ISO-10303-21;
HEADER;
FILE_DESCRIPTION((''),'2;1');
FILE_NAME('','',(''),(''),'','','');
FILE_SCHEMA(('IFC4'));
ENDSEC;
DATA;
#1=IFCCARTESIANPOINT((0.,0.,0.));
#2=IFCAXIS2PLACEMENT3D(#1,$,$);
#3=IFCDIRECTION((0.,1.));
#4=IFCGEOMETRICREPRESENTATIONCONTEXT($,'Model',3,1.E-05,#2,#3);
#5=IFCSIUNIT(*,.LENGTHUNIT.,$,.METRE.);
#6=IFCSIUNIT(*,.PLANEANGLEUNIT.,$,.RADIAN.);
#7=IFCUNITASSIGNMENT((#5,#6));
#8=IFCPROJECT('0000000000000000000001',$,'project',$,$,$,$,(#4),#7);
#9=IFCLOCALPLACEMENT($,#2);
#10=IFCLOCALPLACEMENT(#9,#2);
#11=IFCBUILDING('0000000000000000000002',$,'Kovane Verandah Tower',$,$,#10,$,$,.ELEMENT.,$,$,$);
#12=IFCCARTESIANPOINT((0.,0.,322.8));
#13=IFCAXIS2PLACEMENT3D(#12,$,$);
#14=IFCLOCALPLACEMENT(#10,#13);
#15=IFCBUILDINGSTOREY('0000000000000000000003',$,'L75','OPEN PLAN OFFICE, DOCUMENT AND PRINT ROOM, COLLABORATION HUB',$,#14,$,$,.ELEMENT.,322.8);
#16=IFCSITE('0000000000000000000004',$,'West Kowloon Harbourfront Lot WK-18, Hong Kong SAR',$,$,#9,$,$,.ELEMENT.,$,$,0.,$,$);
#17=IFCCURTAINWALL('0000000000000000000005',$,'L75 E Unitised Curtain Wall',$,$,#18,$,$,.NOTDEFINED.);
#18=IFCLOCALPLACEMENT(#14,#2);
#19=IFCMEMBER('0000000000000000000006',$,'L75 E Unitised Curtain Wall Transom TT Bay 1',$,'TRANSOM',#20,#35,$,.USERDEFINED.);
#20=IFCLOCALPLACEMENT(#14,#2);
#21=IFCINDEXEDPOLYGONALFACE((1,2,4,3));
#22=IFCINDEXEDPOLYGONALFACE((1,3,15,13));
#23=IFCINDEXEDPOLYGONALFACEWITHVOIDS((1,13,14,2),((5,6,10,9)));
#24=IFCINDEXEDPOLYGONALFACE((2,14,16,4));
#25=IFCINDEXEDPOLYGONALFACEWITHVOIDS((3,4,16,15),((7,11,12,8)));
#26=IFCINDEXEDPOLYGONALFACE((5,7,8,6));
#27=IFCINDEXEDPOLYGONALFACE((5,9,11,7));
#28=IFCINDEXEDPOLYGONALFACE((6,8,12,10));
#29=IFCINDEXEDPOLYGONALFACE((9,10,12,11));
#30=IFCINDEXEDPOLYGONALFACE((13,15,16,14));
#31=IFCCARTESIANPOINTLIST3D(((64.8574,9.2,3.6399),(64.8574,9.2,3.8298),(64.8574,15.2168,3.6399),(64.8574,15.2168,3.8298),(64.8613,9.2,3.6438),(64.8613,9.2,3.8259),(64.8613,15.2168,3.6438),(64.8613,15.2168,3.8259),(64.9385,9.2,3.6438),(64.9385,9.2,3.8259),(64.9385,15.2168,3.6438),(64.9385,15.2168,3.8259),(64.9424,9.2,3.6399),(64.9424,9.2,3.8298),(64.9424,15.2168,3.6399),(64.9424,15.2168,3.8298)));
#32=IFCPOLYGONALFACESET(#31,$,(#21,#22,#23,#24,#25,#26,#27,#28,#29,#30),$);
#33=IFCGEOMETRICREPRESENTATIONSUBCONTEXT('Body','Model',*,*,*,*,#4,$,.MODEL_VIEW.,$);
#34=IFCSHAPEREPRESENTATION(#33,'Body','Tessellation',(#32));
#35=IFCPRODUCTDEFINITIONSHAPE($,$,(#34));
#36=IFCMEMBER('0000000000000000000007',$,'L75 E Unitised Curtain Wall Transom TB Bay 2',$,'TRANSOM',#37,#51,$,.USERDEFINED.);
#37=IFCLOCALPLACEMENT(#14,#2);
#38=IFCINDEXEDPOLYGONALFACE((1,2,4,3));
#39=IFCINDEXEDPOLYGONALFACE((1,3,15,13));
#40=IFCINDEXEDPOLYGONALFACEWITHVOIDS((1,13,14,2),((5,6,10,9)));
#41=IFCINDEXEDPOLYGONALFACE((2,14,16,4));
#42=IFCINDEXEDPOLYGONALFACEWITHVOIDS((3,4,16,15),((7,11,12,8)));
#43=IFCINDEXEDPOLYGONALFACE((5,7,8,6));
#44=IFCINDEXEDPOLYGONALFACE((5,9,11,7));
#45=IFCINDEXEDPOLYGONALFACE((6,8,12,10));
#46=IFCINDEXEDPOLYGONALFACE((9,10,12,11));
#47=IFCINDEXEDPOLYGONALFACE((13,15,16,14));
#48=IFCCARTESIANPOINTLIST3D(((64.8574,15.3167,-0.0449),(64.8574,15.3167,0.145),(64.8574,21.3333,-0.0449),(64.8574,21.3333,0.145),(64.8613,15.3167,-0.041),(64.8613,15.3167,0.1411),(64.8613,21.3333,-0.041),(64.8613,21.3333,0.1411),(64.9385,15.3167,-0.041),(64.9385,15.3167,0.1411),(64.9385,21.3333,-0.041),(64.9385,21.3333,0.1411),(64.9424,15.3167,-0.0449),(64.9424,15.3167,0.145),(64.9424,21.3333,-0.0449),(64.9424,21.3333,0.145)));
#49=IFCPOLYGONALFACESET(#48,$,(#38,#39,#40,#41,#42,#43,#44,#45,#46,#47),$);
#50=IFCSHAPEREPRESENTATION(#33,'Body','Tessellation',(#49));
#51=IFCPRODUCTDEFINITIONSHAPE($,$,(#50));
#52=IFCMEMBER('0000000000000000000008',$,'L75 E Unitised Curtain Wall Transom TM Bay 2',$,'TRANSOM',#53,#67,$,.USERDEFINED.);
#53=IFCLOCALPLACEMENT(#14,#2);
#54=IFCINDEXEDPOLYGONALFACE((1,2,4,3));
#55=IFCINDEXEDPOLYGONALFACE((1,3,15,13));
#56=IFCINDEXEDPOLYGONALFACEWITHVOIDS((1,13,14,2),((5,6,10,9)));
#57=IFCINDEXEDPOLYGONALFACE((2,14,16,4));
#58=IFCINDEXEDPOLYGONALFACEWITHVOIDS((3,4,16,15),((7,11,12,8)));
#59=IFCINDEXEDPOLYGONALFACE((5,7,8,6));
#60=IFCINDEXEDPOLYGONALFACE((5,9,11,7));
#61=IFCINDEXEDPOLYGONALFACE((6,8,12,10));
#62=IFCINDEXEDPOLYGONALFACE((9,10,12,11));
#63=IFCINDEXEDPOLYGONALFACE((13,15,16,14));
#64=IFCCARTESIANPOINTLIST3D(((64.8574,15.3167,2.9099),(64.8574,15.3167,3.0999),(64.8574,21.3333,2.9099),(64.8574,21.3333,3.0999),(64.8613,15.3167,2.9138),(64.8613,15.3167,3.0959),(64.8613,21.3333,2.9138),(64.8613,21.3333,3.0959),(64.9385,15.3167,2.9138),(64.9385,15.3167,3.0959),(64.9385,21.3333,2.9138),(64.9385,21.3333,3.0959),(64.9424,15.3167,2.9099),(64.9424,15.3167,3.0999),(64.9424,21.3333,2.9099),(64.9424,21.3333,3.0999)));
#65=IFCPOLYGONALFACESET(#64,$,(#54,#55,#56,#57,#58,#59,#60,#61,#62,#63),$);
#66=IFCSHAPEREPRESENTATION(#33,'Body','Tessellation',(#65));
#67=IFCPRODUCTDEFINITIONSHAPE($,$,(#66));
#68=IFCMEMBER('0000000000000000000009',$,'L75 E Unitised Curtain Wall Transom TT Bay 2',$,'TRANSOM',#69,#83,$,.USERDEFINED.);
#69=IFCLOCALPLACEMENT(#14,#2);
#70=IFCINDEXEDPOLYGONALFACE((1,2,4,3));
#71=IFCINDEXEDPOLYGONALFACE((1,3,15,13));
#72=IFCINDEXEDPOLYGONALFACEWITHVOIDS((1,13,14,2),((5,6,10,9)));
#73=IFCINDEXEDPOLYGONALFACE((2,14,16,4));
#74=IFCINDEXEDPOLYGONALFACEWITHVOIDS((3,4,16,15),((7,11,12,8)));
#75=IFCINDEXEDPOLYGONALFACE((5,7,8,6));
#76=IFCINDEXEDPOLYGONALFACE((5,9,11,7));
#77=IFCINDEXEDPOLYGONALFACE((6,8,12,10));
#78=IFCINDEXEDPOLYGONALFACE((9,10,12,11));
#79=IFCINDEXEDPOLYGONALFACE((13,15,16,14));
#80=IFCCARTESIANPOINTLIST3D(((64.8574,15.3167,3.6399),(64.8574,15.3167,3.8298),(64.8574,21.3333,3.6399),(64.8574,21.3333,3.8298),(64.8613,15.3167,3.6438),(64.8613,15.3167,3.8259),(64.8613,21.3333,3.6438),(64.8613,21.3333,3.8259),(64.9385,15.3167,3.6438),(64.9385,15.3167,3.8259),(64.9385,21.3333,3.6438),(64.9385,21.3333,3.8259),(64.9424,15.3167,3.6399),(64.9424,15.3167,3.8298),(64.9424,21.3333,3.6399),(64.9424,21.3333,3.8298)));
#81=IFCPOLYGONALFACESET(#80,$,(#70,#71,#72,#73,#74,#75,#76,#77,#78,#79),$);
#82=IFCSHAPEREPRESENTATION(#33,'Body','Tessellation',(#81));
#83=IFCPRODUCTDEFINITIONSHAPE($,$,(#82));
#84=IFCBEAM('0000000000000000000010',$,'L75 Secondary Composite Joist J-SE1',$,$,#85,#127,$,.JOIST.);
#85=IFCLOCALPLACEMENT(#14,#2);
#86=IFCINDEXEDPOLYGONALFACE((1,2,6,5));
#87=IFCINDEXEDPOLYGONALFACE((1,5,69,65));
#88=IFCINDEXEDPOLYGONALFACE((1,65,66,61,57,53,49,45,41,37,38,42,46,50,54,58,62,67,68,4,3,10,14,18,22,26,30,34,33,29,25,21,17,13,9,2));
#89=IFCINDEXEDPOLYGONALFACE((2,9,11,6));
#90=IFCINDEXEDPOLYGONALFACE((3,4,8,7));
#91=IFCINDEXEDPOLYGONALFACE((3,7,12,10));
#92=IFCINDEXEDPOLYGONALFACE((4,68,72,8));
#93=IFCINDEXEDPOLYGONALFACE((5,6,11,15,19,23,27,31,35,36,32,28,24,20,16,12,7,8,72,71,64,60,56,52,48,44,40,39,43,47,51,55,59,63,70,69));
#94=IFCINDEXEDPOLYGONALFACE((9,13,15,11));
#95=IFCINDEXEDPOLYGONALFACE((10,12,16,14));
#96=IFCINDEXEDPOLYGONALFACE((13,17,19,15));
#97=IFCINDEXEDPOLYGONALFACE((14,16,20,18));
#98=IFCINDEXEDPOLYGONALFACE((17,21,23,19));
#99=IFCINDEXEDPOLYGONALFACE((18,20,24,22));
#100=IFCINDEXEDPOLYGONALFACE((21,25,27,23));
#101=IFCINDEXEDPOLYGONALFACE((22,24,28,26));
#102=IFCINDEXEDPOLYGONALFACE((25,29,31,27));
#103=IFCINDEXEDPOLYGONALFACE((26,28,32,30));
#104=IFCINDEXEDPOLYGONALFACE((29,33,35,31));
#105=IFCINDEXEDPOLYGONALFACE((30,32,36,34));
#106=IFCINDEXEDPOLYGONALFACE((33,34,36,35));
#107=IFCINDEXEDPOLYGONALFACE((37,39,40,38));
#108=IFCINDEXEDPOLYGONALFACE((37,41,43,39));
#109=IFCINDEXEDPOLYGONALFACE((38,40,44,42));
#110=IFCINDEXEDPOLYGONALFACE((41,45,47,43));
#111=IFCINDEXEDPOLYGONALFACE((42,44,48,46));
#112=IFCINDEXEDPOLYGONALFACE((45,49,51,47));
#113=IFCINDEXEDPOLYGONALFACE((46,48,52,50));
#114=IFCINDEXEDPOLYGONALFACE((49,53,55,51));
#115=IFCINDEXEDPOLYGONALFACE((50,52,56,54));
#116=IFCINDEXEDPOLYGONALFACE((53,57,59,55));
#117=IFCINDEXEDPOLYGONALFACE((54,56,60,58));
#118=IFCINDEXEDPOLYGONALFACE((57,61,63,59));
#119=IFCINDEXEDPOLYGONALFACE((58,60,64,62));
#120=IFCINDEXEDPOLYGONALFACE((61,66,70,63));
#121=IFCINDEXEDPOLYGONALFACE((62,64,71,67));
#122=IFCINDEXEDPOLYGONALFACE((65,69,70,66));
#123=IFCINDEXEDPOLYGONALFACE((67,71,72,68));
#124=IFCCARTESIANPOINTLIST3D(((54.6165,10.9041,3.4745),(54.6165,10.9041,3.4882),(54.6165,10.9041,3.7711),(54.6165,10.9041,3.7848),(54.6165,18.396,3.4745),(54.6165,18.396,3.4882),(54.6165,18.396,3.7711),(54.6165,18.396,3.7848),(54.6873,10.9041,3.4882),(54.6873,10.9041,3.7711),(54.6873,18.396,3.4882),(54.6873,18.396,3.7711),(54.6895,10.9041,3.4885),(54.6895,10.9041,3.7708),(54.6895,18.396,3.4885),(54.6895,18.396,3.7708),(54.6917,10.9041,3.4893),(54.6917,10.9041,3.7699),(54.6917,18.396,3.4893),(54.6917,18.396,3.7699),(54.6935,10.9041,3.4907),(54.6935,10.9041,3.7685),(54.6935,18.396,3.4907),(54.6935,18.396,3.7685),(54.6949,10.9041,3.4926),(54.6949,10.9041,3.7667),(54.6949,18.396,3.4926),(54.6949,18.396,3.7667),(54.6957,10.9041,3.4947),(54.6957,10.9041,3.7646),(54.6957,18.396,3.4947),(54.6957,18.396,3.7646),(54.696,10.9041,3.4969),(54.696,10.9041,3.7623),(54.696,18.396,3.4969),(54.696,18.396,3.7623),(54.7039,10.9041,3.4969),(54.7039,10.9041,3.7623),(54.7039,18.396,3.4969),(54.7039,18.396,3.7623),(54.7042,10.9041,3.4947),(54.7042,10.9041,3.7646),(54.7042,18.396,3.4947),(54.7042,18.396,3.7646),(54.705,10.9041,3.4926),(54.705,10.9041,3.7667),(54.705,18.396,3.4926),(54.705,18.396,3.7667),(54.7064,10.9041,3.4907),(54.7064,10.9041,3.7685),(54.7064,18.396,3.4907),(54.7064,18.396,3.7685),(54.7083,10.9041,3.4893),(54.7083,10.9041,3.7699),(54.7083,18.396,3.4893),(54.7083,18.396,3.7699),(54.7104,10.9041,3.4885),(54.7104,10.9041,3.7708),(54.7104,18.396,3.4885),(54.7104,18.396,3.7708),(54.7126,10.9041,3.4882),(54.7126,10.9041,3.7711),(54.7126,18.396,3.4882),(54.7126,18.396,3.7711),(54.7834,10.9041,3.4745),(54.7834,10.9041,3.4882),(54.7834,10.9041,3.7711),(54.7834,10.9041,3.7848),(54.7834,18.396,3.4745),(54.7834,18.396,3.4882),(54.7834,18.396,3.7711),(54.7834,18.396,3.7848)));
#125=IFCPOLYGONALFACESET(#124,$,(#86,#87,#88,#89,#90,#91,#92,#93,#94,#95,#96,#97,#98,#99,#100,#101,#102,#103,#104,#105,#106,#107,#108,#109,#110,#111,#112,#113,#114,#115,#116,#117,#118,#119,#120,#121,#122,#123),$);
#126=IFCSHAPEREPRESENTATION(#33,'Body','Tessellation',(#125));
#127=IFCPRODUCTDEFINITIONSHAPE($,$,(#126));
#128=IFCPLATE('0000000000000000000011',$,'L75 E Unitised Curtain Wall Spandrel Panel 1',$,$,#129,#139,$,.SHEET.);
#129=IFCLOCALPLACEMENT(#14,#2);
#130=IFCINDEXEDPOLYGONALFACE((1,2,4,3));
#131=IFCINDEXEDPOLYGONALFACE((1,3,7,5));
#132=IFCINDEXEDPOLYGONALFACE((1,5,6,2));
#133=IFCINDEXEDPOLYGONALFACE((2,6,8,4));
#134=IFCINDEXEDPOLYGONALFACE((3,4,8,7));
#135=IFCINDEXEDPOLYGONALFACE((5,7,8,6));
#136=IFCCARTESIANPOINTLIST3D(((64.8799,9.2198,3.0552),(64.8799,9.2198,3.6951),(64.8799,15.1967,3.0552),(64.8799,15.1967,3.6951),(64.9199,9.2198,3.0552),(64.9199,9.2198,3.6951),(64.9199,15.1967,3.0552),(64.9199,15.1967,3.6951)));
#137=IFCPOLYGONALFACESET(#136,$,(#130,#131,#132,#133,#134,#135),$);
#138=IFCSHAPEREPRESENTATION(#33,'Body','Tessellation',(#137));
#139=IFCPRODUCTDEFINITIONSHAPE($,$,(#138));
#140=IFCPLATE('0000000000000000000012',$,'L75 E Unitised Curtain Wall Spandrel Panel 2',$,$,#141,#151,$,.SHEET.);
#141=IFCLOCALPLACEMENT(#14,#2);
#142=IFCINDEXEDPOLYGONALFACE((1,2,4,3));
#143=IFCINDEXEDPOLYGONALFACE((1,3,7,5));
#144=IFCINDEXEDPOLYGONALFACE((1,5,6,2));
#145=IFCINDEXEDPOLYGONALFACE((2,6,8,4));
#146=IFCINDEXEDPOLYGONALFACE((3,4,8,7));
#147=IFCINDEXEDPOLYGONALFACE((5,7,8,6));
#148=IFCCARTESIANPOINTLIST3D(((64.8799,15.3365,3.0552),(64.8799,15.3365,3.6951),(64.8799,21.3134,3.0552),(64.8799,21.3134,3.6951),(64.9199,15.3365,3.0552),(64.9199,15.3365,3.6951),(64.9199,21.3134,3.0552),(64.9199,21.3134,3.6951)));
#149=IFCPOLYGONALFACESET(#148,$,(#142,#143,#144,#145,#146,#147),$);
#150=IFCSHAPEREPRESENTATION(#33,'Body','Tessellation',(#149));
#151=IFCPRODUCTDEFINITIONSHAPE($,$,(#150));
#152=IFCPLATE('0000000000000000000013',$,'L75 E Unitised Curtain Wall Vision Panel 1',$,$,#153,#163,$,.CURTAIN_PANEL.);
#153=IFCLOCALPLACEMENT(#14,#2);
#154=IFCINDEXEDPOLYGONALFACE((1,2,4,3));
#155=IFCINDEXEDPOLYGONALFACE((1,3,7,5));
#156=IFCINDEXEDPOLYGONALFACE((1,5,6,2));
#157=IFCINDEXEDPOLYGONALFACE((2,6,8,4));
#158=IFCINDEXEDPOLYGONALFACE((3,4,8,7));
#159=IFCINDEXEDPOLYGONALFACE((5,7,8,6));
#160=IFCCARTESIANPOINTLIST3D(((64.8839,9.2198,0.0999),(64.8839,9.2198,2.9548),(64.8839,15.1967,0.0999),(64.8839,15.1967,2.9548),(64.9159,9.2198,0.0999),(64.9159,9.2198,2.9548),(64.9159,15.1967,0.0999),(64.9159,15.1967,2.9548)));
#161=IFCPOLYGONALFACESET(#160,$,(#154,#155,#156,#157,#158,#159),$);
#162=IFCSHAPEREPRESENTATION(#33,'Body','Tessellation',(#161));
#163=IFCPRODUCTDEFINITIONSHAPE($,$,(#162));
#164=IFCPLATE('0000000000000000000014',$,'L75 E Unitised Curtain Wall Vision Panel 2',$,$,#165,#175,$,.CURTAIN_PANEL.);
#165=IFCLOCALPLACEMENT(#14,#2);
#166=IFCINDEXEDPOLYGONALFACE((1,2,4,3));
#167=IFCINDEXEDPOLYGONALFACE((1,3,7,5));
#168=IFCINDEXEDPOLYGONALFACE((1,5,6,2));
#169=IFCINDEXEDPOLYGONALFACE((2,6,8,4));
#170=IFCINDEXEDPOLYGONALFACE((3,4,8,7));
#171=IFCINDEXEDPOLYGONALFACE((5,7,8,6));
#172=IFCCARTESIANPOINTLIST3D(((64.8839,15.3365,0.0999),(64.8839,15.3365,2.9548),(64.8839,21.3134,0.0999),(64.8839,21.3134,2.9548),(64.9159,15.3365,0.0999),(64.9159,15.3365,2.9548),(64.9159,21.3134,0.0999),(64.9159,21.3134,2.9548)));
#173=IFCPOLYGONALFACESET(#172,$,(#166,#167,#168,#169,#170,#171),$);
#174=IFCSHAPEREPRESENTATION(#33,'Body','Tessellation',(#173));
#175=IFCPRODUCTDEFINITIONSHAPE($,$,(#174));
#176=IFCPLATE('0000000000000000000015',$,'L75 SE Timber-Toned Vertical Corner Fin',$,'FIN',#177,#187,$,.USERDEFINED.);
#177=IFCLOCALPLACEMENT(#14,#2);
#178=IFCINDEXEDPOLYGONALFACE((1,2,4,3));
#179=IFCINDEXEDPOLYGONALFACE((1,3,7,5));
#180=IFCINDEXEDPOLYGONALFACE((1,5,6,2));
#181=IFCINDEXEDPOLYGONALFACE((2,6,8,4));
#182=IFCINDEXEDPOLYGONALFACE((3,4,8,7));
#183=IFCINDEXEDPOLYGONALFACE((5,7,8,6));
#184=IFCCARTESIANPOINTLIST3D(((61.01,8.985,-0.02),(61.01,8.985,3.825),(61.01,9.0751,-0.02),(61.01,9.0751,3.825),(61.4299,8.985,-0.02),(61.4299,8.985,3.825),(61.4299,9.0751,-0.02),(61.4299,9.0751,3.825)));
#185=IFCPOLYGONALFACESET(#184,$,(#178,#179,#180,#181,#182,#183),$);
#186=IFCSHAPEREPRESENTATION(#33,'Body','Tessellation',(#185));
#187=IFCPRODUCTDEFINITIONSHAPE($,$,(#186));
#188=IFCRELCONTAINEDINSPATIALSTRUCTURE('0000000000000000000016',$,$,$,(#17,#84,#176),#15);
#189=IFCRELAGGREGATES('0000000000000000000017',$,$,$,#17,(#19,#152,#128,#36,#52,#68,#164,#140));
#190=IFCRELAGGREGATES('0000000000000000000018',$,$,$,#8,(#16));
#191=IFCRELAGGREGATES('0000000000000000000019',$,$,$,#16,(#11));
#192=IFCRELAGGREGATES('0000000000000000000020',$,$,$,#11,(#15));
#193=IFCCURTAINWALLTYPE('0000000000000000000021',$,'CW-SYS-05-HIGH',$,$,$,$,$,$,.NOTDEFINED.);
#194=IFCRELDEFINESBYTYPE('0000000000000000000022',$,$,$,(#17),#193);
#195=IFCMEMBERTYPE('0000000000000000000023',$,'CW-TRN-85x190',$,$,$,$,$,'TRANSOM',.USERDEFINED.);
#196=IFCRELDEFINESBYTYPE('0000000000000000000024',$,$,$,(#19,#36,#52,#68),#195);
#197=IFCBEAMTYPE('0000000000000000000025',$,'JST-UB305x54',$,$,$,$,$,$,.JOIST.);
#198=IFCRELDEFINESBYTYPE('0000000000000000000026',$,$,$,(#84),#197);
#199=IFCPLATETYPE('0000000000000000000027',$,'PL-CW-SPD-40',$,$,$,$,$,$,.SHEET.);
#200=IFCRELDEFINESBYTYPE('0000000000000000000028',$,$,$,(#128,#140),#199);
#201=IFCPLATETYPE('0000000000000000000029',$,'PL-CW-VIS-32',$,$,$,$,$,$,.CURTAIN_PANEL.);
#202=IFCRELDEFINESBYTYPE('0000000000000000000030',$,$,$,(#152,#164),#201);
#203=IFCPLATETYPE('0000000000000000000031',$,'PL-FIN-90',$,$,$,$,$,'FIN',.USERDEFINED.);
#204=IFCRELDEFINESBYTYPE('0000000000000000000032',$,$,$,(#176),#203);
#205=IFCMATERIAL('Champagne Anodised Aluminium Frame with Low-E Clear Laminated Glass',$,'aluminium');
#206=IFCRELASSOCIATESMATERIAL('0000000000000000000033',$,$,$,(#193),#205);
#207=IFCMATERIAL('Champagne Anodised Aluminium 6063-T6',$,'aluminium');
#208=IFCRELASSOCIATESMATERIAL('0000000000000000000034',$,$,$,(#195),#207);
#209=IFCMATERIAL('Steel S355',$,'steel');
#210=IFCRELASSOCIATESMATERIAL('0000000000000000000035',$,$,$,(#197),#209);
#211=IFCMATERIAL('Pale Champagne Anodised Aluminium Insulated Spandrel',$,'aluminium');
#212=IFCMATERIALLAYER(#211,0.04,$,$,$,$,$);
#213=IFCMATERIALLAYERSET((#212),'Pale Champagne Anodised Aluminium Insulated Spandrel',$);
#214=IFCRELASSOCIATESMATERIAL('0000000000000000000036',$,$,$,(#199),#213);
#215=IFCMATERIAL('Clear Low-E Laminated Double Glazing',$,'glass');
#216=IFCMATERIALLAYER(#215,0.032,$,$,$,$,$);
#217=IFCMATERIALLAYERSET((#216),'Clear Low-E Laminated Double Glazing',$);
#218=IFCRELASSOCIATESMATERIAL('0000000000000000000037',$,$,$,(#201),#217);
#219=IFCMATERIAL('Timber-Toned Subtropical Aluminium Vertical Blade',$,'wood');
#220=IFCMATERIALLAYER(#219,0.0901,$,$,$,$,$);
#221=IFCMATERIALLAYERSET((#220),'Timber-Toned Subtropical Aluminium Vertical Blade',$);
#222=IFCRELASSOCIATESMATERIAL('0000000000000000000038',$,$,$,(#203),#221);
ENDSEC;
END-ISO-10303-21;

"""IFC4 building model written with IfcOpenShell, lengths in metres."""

from ifc_helpers import new_model, si_unit, direction, frame, origin, origin_2d, place, context, subcontext, project, spatial, rectangle, hollow_rectangle, i_section, extrude, material, layer, layer_set, material_profile, profile_set, type_object, element, aggregate, save


model = new_model("IFC4")

# Units and contexts
model_context = context("Model", 3, precision=1e-05, world=origin(), true_north=direction((0.0, 1.0)))
body_context = subcontext(model_context, "Body", "Model", "MODEL_VIEW")
ifc_project = project(units=[si_unit("LENGTHUNIT", "METRE"), si_unit("PLANEANGLEUNIT", "RADIAN")], contexts=[model_context])

# Site, building, storey
site_placement = place(None, origin())
site = spatial("IfcSite", under=ifc_project, at=site_placement, Name="West Kowloon Harbourfront Lot WK-18, Hong Kong SAR", CompositionType="ELEMENT", RefElevation=0.0)
building_placement = place(site_placement, origin())
building = spatial("IfcBuilding", under=site, at=building_placement, Name="Kovane Verandah Tower", CompositionType="ELEMENT")
storey_placement = place(building_placement, frame((0.0, 0.0, 322.8)))
storey = spatial("IfcBuildingStorey", under=building, at=storey_placement, Name="L75", Description="OPEN PLAN OFFICE, DOCUMENT AND PRINT ROOM, COLLABORATION HUB", CompositionType="ELEMENT", Elevation=322.8)

# Shared definitions
ifc_material_1 = material(Name="Steel S355", Category="steel")

# Curtain wall, members
ifc_material_2 = material(Name="Champagne Anodised Aluminium Frame with Low-E Clear Laminated Glass", Category="aluminium")
curtain_wall_type = type_object("IfcCurtainWallType", Name="CW-SYS-05-HIGH", PredefinedType="NOTDEFINED", material=ifc_material_2)
curtain_wall_placement = place(storey_placement, origin())
curtain_wall = element("IfcCurtainWall", 1, at=curtain_wall_placement, inside=storey, type_object=curtain_wall_type, Name="L75 E Unitised Curtain Wall", PredefinedType="NOTDEFINED")
ifc_material_3 = material(Name="Champagne Anodised Aluminium 6063-T6", Category="aluminium")
ifc_material_profile_1 = material_profile(ifc_material_3, hollow_rectangle(XDim=0.085, YDim=0.1899, WallThickness=0.0039, at=origin_2d()), Name="AL85x190x4")
ifc_profile_set_1 = profile_set([ifc_material_profile_1], Name="Champagne Anodised Aluminium 6063-T6")
member_type_1 = type_object("IfcMemberType", Name="CW-TRN-85x190", ElementType="TRANSOM", PredefinedType="USERDEFINED", material=ifc_profile_set_1)
member_1_placement = place(storey_placement, frame((64.8999, 9.2, 3.7349), z_axis=(0.0, 1.0, 0.0), x_axis=(-1.0, 0.0, 0.0)))
member_1 = element("IfcMember", 2, at=member_1_placement, type_object=member_type_1, Name="L75 E Unitised Curtain Wall Transom TT Bay 1", ObjectType="TRANSOM", PredefinedType="USERDEFINED", context=body_context, shape_type="SweptSolid", body=[
    extrude(hollow_rectangle(XDim=0.085, YDim=0.1899, WallThickness=0.0039, at=origin_2d()), origin(), (0.0, 0.0, 1.0), 6.0168),
])
member_2_placement = place(storey_placement, frame((64.8999, 15.3167, 0.05), z_axis=(0.0, 1.0, 0.0), x_axis=(-1.0, 0.0, 0.0)))
member_2 = element("IfcMember", 3, at=member_2_placement, type_object=member_type_1, Name="L75 E Unitised Curtain Wall Transom TB Bay 2", ObjectType="TRANSOM", PredefinedType="USERDEFINED", context=body_context, shape_type="SweptSolid", body=[
    extrude(hollow_rectangle(XDim=0.085, YDim=0.1899, WallThickness=0.0039, at=origin_2d()), origin(), (0.0, 0.0, 1.0), 6.0166),
])
member_3_placement = place(storey_placement, frame((64.8999, 15.3167, 3.0049), z_axis=(0.0, 1.0, 0.0), x_axis=(-1.0, 0.0, 0.0)))
member_3 = element("IfcMember", 4, at=member_3_placement, type_object=member_type_1, Name="L75 E Unitised Curtain Wall Transom TM Bay 2", ObjectType="TRANSOM", PredefinedType="USERDEFINED", context=body_context, shape_type="SweptSolid", body=[
    extrude(hollow_rectangle(XDim=0.085, YDim=0.1899, WallThickness=0.0039, at=origin_2d()), origin(), (0.0, 0.0, 1.0), 6.0166),
])
member_4_placement = place(storey_placement, frame((64.8999, 15.3167, 3.7349), z_axis=(0.0, 1.0, 0.0), x_axis=(-1.0, 0.0, 0.0)))
member_4 = element("IfcMember", 5, at=member_4_placement, type_object=member_type_1, Name="L75 E Unitised Curtain Wall Transom TT Bay 2", ObjectType="TRANSOM", PredefinedType="USERDEFINED", context=body_context, shape_type="SweptSolid", body=[
    extrude(hollow_rectangle(XDim=0.085, YDim=0.1899, WallThickness=0.0039, at=origin_2d()), origin(), (0.0, 0.0, 1.0), 6.0166),
])

# Beam
ifc_material_profile_2 = material_profile(ifc_material_1, i_section(OverallWidth=0.167, OverallDepth=0.3103, WebThickness=0.0078, FlangeThickness=0.0137, FilletRadius=0.0088, at=origin_2d()), Name="UB305x165x54")
ifc_profile_set_2 = profile_set([ifc_material_profile_2], Name="Steel S355")
beam_type_1 = type_object("IfcBeamType", Name="JST-UB305x54", PredefinedType="JOIST", material=ifc_profile_set_2)
beam_1_placement = place(storey_placement, frame((54.7, 10.9041, 3.6296), z_axis=(0.0, 1.0, 0.0), x_axis=(-1.0, 0.0, 0.0)))
element("IfcBeam", 6, at=beam_1_placement, inside=storey, type_object=beam_type_1, Name="L75 Secondary Composite Joist J-SE1", PredefinedType="JOIST", context=body_context, shape_type="SweptSolid", body=[
    extrude(i_section(OverallWidth=0.167, OverallDepth=0.3103, WebThickness=0.0078, FlangeThickness=0.0137, FilletRadius=0.0088, at=origin_2d()), origin(), (0.0, 0.0, 1.0), 7.4919),
])

# Plates
ifc_material_4 = material(Name="Pale Champagne Anodised Aluminium Insulated Spandrel", Category="aluminium")
ifc_layer_1 = layer(ifc_material_4, 0.04)
ifc_layer_set_1 = layer_set([ifc_layer_1], Name="Pale Champagne Anodised Aluminium Insulated Spandrel")
plate_type_1 = type_object("IfcPlateType", Name="PL-CW-SPD-40", PredefinedType="SHEET", material=ifc_layer_set_1)
plate_1_placement = place(storey_placement, frame((64.8999, 12.2083, 3.0552), z_axis=(0.0, 0.0, 1.0), x_axis=(0.0, 1.0, 0.0)))
plate_1 = element("IfcPlate", 7, at=plate_1_placement, type_object=plate_type_1, Name="L75 E Unitised Curtain Wall Spandrel Panel 1", PredefinedType="SHEET", context=body_context, shape_type="SweptSolid", body=[
    extrude(rectangle(XDim=5.9768, YDim=0.04, at=origin_2d()), origin(), (0.0, 0.0, 1.0), 0.6399),
])
plate_2_placement = place(storey_placement, frame((64.8999, 18.325, 3.0552), z_axis=(0.0, 0.0, 1.0), x_axis=(0.0, 1.0, 0.0)))
plate_2 = element("IfcPlate", 8, at=plate_2_placement, type_object=plate_type_1, Name="L75 E Unitised Curtain Wall Spandrel Panel 2", PredefinedType="SHEET", context=body_context, shape_type="SweptSolid", body=[
    extrude(rectangle(XDim=5.9768, YDim=0.04, at=origin_2d()), origin(), (0.0, 0.0, 1.0), 0.6399),
])
ifc_material_5 = material(Name="Clear Low-E Laminated Double Glazing", Category="glass")
ifc_layer_2 = layer(ifc_material_5, 0.032)
ifc_layer_set_2 = layer_set([ifc_layer_2], Name="Clear Low-E Laminated Double Glazing")
plate_type_2 = type_object("IfcPlateType", Name="PL-CW-VIS-32", PredefinedType="CURTAIN_PANEL", material=ifc_layer_set_2)
plate_3_placement = place(storey_placement, frame((64.8999, 12.2083, 0.0999), z_axis=(0.0, 0.0, 1.0), x_axis=(0.0, 1.0, 0.0)))
plate_3 = element("IfcPlate", 9, at=plate_3_placement, type_object=plate_type_2, Name="L75 E Unitised Curtain Wall Vision Panel 1", PredefinedType="CURTAIN_PANEL", context=body_context, shape_type="SweptSolid", body=[
    extrude(rectangle(XDim=5.9768, YDim=0.032, at=origin_2d()), origin(), (0.0, 0.0, 1.0), 2.855),
])
plate_4_placement = place(storey_placement, frame((64.8999, 18.325, 0.0999), z_axis=(0.0, 0.0, 1.0), x_axis=(0.0, 1.0, 0.0)))
plate_4 = element("IfcPlate", 10, at=plate_4_placement, type_object=plate_type_2, Name="L75 E Unitised Curtain Wall Vision Panel 2", PredefinedType="CURTAIN_PANEL", context=body_context, shape_type="SweptSolid", body=[
    extrude(rectangle(XDim=5.9768, YDim=0.032, at=origin_2d()), origin(), (0.0, 0.0, 1.0), 2.855),
])
aggregate(curtain_wall, [member_1, plate_3, plate_1, member_2, member_3, member_4, plate_4, plate_2])
ifc_material_6 = material(Name="Timber-Toned Subtropical Aluminium Vertical Blade", Category="wood")
ifc_layer_3 = layer(ifc_material_6, 0.0901)
ifc_layer_set_3 = layer_set([ifc_layer_3], Name="Timber-Toned Subtropical Aluminium Vertical Blade")
plate_type_3 = type_object("IfcPlateType", Name="PL-FIN-90", ElementType="FIN", PredefinedType="USERDEFINED", material=ifc_layer_set_3)
plate_5_placement = place(storey_placement, frame((61.22, 9.03, -0.02), z_axis=(0.0, 0.0, 1.0), x_axis=(1.0, 0.0, 0.0)))
element("IfcPlate", 11, at=plate_5_placement, inside=storey, type_object=plate_type_3, Name="L75 SE Timber-Toned Vertical Corner Fin", ObjectType="FIN", PredefinedType="USERDEFINED", context=body_context, shape_type="SweptSolid", body=[
    extrude(rectangle(XDim=0.4199, YDim=0.0901, at=origin_2d()), origin(), (0.0, 0.0, 1.0), 3.845),
])

save(model, "model.ifc")
